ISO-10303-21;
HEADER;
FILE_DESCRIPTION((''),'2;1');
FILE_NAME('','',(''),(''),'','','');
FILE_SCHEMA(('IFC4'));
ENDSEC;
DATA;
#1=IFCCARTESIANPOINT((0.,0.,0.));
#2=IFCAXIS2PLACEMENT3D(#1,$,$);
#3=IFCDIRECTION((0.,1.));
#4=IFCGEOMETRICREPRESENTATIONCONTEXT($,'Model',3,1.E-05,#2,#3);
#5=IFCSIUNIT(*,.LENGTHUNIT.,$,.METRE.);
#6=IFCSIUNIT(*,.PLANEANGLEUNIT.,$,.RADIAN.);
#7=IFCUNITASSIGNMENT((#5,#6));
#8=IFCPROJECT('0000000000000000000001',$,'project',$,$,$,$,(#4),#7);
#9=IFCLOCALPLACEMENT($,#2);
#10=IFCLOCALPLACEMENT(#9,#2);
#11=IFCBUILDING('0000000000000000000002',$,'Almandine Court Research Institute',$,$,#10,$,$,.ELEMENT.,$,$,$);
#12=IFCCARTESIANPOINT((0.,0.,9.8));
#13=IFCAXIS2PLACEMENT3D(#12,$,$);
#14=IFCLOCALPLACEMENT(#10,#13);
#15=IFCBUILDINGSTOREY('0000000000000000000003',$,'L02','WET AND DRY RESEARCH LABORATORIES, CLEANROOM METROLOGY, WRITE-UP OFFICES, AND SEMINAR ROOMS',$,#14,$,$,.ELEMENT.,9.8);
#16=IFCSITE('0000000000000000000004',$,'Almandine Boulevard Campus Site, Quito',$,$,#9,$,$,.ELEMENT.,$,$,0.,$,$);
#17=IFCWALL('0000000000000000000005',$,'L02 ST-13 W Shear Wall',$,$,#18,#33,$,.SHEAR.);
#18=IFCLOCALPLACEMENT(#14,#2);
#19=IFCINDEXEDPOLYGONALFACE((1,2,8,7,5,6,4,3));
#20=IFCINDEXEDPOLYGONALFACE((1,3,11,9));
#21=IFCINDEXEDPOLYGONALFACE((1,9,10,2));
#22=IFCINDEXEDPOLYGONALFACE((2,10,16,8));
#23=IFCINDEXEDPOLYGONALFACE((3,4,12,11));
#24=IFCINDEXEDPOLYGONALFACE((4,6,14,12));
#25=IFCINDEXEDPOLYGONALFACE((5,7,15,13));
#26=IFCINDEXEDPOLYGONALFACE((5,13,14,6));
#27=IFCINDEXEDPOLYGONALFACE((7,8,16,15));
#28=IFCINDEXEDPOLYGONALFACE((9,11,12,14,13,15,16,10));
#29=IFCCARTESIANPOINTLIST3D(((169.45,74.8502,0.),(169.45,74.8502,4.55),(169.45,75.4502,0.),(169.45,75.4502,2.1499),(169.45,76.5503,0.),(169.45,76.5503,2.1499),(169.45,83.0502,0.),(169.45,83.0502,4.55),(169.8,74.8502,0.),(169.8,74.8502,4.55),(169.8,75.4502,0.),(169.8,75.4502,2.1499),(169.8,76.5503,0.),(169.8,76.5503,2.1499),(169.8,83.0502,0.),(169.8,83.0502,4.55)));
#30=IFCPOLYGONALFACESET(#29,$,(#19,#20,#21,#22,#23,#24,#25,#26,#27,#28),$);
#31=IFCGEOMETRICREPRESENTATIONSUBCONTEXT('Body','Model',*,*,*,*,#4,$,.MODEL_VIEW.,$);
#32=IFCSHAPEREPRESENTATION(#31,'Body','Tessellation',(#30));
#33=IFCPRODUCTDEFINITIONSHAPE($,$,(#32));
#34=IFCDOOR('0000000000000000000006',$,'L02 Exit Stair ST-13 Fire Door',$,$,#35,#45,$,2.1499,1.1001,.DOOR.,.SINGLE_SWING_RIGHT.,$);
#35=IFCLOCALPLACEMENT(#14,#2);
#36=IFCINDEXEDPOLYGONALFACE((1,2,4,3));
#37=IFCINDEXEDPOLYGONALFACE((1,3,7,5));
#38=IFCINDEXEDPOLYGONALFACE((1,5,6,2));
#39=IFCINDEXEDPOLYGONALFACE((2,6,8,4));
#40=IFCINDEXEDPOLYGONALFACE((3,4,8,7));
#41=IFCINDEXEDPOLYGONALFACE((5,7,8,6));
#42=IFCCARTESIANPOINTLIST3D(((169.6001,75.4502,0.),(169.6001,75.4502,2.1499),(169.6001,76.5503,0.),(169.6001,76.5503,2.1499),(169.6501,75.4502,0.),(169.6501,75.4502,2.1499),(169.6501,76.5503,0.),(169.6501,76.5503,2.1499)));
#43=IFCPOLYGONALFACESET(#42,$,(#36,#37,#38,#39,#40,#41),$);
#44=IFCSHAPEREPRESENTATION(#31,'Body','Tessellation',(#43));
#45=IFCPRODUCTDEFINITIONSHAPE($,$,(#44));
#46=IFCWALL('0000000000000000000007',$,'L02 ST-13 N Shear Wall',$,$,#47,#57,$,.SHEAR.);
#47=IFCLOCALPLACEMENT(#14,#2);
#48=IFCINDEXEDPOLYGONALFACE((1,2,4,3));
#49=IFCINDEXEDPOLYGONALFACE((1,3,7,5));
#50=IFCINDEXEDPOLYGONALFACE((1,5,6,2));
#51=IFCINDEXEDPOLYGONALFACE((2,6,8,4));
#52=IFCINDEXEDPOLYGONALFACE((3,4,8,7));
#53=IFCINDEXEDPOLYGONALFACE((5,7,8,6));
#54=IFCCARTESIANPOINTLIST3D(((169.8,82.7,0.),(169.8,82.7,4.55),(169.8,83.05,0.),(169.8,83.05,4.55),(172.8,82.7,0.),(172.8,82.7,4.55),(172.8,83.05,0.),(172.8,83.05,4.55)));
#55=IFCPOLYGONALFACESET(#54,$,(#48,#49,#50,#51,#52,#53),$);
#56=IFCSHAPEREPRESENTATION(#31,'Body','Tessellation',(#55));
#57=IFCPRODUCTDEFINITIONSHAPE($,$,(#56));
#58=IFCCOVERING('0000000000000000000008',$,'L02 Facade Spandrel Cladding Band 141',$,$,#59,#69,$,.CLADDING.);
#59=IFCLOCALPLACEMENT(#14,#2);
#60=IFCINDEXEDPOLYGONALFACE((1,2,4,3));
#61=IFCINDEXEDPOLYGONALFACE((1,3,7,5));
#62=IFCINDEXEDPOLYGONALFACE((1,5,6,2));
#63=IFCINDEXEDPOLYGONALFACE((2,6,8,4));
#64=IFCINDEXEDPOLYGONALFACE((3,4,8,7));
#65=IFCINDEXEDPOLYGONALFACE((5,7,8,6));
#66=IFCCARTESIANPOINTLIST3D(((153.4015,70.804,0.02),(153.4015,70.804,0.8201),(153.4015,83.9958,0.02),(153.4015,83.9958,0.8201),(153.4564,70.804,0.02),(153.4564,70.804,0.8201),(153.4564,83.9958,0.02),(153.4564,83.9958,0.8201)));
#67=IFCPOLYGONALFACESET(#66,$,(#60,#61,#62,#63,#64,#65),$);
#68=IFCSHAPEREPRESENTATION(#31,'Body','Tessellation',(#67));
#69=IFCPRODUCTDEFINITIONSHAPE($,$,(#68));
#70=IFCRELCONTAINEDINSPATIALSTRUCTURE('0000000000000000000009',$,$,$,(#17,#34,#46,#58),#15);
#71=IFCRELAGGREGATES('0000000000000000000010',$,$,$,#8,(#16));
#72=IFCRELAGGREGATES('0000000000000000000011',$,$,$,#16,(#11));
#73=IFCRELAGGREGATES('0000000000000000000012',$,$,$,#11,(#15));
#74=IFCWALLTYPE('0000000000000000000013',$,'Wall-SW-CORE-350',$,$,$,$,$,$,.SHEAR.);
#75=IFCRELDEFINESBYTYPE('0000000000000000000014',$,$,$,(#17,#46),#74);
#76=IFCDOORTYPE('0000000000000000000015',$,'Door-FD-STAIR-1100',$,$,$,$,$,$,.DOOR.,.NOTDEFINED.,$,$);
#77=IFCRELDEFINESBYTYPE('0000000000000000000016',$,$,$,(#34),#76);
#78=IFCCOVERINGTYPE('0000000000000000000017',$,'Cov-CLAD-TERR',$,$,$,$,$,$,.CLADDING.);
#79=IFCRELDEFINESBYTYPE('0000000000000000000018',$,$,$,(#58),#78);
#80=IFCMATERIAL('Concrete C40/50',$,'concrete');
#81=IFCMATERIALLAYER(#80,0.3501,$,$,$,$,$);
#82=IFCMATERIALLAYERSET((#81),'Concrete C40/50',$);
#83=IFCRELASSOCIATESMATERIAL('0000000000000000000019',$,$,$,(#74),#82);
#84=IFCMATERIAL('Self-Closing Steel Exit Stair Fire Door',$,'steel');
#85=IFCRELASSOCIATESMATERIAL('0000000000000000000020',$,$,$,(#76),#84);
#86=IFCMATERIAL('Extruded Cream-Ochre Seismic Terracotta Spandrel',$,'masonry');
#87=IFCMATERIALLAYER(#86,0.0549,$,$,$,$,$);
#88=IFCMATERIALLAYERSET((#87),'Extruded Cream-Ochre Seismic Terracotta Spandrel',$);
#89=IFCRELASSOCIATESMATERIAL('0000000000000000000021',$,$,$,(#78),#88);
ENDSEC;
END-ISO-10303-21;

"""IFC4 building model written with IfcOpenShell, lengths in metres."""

from ifc_helpers import new_model, si_unit, direction, frame, frame_2d, origin, origin_2d, place, context, subcontext, project, spatial, rectangle, extrude, material, layer, layer_set, type_object, element, fill, save


model = new_model("IFC4")

# Units and contexts
model_context = context("Model", 3, precision=1e-05, world=origin(), true_north=direction((0.0, 1.0)))
body_context = subcontext(model_context, "Body", "Model", "MODEL_VIEW")
ifc_project = project(units=[si_unit("LENGTHUNIT", "METRE"), si_unit("PLANEANGLEUNIT", "RADIAN")], contexts=[model_context])

# Site, building, storey
site_placement = place(None, origin())
site = spatial("IfcSite", under=ifc_project, at=site_placement, Name="Almandine Boulevard Campus Site, Quito", CompositionType="ELEMENT", RefElevation=0.0)
building_placement = place(site_placement, origin())
building = spatial("IfcBuilding", under=site, at=building_placement, Name="Almandine Court Research Institute", CompositionType="ELEMENT")
storey_placement = place(building_placement, frame((0.0, 0.0, 9.8)))
storey = spatial("IfcBuildingStorey", under=building, at=storey_placement, Name="L02", Description="WET AND DRY RESEARCH LABORATORIES, CLEANROOM METROLOGY, WRITE-UP OFFICES, AND SEMINAR ROOMS", CompositionType="ELEMENT", Elevation=9.8)

# Wall, opening, door
ifc_material_1 = material(Name="Concrete C40/50", Category="concrete")
ifc_layer_1 = layer(ifc_material_1, 0.3501)
ifc_layer_set_1 = layer_set([ifc_layer_1], Name="Concrete C40/50")
wall_type_1 = type_object("IfcWallType", Name="Wall-SW-CORE-350", PredefinedType="SHEAR", material=ifc_layer_set_1)
wall_1_placement = place(storey_placement, frame((169.625, 74.8501, 0.0), z_axis=(0.0, 0.0, 1.0), x_axis=(0.0, 1.0, 0.0)))
wall_1 = element("IfcWall", 1, at=wall_1_placement, inside=storey, type_object=wall_type_1, Name="L02 ST-13 W Shear Wall", PredefinedType="SHEAR", context=body_context, shape_type="SweptSolid", body=[
    extrude(rectangle(XDim=8.2, YDim=0.3501, at=frame_2d((4.1001, 0.0))), origin(), (0.0, 0.0, 1.0), 4.55),
])
opening_1_placement = place(wall_1_placement, frame((0.6001, 0.0, 0.0)))
opening_1 = element("IfcOpeningElement", 2, at=opening_1_placement, cuts=wall_1, PredefinedType="OPENING", context=body_context, shape_type="SweptSolid", body=[
    extrude(rectangle(XDim=1.1001, YDim=2.1499, at=frame_2d((0.55, 1.075))), frame((0.0, 0.1851, 0.0), z_axis=(0.0, -1.0, 0.0), x_axis=(1.0, 0.0, 0.0)), (0.0, 0.0, 1.0), 0.3701),
])
ifc_material_2 = material(Name="Self-Closing Steel Exit Stair Fire Door", Category="steel")
door_type_1 = type_object("IfcDoorType", Name="Door-FD-STAIR-1100", OperationType="NOTDEFINED", PredefinedType="DOOR", material=ifc_material_2)
door_1_placement = place(opening_1_placement, origin())
door_1 = element("IfcDoor", 3, at=door_1_placement, inside=storey, type_object=door_type_1, Name="L02 Exit Stair ST-13 Fire Door", OperationType="SINGLE_SWING_RIGHT", OverallHeight=2.1499, OverallWidth=1.1001, PredefinedType="DOOR", context=body_context, shape_type="SweptSolid", body=[
    extrude(rectangle(XDim=1.1001, YDim=2.1499, at=frame_2d((0.55, 1.075))), frame((0.0, 0.0249, 0.0), z_axis=(0.0, -1.0, 0.0), x_axis=(1.0, 0.0, 0.0)), (0.0, 0.0, 1.0), 0.05),
])
fill(opening_1, door_1)

# Wall
wall_2_placement = place(storey_placement, frame((169.8, 82.875, 0.0), z_axis=(0.0, 0.0, 1.0), x_axis=(1.0, 0.0, 0.0)))
element("IfcWall", 4, at=wall_2_placement, inside=storey, type_object=wall_type_1, Name="L02 ST-13 N Shear Wall", PredefinedType="SHEAR", context=body_context, shape_type="SweptSolid", body=[
    extrude(rectangle(XDim=3.0, YDim=0.3501, at=frame_2d((1.5, 0.0))), origin(), (0.0, 0.0, 1.0), 4.55),
])

# Covering
ifc_material_3 = material(Name="Extruded Cream-Ochre Seismic Terracotta Spandrel", Category="masonry")
ifc_layer_2 = layer(ifc_material_3, 0.0549)
ifc_layer_set_2 = layer_set([ifc_layer_2], Name="Extruded Cream-Ochre Seismic Terracotta Spandrel")
covering_type = type_object("IfcCoveringType", Name="Cov-CLAD-TERR", PredefinedType="CLADDING", material=ifc_layer_set_2)
covering_placement = place(storey_placement, frame((153.429, 77.3999, 0.02), z_axis=(0.0, 0.0, 1.0), x_axis=(0.0, 1.0, 0.0)))
element("IfcCovering", 5, at=covering_placement, inside=storey, type_object=covering_type, Name="L02 Facade Spandrel Cladding Band 141", PredefinedType="CLADDING", context=body_context, shape_type="SweptSolid", body=[
    extrude(rectangle(XDim=13.1919, YDim=0.0549, at=origin_2d()), origin(), (0.0, 0.0, 1.0), 0.8),
])

save(model, "model.ifc")
